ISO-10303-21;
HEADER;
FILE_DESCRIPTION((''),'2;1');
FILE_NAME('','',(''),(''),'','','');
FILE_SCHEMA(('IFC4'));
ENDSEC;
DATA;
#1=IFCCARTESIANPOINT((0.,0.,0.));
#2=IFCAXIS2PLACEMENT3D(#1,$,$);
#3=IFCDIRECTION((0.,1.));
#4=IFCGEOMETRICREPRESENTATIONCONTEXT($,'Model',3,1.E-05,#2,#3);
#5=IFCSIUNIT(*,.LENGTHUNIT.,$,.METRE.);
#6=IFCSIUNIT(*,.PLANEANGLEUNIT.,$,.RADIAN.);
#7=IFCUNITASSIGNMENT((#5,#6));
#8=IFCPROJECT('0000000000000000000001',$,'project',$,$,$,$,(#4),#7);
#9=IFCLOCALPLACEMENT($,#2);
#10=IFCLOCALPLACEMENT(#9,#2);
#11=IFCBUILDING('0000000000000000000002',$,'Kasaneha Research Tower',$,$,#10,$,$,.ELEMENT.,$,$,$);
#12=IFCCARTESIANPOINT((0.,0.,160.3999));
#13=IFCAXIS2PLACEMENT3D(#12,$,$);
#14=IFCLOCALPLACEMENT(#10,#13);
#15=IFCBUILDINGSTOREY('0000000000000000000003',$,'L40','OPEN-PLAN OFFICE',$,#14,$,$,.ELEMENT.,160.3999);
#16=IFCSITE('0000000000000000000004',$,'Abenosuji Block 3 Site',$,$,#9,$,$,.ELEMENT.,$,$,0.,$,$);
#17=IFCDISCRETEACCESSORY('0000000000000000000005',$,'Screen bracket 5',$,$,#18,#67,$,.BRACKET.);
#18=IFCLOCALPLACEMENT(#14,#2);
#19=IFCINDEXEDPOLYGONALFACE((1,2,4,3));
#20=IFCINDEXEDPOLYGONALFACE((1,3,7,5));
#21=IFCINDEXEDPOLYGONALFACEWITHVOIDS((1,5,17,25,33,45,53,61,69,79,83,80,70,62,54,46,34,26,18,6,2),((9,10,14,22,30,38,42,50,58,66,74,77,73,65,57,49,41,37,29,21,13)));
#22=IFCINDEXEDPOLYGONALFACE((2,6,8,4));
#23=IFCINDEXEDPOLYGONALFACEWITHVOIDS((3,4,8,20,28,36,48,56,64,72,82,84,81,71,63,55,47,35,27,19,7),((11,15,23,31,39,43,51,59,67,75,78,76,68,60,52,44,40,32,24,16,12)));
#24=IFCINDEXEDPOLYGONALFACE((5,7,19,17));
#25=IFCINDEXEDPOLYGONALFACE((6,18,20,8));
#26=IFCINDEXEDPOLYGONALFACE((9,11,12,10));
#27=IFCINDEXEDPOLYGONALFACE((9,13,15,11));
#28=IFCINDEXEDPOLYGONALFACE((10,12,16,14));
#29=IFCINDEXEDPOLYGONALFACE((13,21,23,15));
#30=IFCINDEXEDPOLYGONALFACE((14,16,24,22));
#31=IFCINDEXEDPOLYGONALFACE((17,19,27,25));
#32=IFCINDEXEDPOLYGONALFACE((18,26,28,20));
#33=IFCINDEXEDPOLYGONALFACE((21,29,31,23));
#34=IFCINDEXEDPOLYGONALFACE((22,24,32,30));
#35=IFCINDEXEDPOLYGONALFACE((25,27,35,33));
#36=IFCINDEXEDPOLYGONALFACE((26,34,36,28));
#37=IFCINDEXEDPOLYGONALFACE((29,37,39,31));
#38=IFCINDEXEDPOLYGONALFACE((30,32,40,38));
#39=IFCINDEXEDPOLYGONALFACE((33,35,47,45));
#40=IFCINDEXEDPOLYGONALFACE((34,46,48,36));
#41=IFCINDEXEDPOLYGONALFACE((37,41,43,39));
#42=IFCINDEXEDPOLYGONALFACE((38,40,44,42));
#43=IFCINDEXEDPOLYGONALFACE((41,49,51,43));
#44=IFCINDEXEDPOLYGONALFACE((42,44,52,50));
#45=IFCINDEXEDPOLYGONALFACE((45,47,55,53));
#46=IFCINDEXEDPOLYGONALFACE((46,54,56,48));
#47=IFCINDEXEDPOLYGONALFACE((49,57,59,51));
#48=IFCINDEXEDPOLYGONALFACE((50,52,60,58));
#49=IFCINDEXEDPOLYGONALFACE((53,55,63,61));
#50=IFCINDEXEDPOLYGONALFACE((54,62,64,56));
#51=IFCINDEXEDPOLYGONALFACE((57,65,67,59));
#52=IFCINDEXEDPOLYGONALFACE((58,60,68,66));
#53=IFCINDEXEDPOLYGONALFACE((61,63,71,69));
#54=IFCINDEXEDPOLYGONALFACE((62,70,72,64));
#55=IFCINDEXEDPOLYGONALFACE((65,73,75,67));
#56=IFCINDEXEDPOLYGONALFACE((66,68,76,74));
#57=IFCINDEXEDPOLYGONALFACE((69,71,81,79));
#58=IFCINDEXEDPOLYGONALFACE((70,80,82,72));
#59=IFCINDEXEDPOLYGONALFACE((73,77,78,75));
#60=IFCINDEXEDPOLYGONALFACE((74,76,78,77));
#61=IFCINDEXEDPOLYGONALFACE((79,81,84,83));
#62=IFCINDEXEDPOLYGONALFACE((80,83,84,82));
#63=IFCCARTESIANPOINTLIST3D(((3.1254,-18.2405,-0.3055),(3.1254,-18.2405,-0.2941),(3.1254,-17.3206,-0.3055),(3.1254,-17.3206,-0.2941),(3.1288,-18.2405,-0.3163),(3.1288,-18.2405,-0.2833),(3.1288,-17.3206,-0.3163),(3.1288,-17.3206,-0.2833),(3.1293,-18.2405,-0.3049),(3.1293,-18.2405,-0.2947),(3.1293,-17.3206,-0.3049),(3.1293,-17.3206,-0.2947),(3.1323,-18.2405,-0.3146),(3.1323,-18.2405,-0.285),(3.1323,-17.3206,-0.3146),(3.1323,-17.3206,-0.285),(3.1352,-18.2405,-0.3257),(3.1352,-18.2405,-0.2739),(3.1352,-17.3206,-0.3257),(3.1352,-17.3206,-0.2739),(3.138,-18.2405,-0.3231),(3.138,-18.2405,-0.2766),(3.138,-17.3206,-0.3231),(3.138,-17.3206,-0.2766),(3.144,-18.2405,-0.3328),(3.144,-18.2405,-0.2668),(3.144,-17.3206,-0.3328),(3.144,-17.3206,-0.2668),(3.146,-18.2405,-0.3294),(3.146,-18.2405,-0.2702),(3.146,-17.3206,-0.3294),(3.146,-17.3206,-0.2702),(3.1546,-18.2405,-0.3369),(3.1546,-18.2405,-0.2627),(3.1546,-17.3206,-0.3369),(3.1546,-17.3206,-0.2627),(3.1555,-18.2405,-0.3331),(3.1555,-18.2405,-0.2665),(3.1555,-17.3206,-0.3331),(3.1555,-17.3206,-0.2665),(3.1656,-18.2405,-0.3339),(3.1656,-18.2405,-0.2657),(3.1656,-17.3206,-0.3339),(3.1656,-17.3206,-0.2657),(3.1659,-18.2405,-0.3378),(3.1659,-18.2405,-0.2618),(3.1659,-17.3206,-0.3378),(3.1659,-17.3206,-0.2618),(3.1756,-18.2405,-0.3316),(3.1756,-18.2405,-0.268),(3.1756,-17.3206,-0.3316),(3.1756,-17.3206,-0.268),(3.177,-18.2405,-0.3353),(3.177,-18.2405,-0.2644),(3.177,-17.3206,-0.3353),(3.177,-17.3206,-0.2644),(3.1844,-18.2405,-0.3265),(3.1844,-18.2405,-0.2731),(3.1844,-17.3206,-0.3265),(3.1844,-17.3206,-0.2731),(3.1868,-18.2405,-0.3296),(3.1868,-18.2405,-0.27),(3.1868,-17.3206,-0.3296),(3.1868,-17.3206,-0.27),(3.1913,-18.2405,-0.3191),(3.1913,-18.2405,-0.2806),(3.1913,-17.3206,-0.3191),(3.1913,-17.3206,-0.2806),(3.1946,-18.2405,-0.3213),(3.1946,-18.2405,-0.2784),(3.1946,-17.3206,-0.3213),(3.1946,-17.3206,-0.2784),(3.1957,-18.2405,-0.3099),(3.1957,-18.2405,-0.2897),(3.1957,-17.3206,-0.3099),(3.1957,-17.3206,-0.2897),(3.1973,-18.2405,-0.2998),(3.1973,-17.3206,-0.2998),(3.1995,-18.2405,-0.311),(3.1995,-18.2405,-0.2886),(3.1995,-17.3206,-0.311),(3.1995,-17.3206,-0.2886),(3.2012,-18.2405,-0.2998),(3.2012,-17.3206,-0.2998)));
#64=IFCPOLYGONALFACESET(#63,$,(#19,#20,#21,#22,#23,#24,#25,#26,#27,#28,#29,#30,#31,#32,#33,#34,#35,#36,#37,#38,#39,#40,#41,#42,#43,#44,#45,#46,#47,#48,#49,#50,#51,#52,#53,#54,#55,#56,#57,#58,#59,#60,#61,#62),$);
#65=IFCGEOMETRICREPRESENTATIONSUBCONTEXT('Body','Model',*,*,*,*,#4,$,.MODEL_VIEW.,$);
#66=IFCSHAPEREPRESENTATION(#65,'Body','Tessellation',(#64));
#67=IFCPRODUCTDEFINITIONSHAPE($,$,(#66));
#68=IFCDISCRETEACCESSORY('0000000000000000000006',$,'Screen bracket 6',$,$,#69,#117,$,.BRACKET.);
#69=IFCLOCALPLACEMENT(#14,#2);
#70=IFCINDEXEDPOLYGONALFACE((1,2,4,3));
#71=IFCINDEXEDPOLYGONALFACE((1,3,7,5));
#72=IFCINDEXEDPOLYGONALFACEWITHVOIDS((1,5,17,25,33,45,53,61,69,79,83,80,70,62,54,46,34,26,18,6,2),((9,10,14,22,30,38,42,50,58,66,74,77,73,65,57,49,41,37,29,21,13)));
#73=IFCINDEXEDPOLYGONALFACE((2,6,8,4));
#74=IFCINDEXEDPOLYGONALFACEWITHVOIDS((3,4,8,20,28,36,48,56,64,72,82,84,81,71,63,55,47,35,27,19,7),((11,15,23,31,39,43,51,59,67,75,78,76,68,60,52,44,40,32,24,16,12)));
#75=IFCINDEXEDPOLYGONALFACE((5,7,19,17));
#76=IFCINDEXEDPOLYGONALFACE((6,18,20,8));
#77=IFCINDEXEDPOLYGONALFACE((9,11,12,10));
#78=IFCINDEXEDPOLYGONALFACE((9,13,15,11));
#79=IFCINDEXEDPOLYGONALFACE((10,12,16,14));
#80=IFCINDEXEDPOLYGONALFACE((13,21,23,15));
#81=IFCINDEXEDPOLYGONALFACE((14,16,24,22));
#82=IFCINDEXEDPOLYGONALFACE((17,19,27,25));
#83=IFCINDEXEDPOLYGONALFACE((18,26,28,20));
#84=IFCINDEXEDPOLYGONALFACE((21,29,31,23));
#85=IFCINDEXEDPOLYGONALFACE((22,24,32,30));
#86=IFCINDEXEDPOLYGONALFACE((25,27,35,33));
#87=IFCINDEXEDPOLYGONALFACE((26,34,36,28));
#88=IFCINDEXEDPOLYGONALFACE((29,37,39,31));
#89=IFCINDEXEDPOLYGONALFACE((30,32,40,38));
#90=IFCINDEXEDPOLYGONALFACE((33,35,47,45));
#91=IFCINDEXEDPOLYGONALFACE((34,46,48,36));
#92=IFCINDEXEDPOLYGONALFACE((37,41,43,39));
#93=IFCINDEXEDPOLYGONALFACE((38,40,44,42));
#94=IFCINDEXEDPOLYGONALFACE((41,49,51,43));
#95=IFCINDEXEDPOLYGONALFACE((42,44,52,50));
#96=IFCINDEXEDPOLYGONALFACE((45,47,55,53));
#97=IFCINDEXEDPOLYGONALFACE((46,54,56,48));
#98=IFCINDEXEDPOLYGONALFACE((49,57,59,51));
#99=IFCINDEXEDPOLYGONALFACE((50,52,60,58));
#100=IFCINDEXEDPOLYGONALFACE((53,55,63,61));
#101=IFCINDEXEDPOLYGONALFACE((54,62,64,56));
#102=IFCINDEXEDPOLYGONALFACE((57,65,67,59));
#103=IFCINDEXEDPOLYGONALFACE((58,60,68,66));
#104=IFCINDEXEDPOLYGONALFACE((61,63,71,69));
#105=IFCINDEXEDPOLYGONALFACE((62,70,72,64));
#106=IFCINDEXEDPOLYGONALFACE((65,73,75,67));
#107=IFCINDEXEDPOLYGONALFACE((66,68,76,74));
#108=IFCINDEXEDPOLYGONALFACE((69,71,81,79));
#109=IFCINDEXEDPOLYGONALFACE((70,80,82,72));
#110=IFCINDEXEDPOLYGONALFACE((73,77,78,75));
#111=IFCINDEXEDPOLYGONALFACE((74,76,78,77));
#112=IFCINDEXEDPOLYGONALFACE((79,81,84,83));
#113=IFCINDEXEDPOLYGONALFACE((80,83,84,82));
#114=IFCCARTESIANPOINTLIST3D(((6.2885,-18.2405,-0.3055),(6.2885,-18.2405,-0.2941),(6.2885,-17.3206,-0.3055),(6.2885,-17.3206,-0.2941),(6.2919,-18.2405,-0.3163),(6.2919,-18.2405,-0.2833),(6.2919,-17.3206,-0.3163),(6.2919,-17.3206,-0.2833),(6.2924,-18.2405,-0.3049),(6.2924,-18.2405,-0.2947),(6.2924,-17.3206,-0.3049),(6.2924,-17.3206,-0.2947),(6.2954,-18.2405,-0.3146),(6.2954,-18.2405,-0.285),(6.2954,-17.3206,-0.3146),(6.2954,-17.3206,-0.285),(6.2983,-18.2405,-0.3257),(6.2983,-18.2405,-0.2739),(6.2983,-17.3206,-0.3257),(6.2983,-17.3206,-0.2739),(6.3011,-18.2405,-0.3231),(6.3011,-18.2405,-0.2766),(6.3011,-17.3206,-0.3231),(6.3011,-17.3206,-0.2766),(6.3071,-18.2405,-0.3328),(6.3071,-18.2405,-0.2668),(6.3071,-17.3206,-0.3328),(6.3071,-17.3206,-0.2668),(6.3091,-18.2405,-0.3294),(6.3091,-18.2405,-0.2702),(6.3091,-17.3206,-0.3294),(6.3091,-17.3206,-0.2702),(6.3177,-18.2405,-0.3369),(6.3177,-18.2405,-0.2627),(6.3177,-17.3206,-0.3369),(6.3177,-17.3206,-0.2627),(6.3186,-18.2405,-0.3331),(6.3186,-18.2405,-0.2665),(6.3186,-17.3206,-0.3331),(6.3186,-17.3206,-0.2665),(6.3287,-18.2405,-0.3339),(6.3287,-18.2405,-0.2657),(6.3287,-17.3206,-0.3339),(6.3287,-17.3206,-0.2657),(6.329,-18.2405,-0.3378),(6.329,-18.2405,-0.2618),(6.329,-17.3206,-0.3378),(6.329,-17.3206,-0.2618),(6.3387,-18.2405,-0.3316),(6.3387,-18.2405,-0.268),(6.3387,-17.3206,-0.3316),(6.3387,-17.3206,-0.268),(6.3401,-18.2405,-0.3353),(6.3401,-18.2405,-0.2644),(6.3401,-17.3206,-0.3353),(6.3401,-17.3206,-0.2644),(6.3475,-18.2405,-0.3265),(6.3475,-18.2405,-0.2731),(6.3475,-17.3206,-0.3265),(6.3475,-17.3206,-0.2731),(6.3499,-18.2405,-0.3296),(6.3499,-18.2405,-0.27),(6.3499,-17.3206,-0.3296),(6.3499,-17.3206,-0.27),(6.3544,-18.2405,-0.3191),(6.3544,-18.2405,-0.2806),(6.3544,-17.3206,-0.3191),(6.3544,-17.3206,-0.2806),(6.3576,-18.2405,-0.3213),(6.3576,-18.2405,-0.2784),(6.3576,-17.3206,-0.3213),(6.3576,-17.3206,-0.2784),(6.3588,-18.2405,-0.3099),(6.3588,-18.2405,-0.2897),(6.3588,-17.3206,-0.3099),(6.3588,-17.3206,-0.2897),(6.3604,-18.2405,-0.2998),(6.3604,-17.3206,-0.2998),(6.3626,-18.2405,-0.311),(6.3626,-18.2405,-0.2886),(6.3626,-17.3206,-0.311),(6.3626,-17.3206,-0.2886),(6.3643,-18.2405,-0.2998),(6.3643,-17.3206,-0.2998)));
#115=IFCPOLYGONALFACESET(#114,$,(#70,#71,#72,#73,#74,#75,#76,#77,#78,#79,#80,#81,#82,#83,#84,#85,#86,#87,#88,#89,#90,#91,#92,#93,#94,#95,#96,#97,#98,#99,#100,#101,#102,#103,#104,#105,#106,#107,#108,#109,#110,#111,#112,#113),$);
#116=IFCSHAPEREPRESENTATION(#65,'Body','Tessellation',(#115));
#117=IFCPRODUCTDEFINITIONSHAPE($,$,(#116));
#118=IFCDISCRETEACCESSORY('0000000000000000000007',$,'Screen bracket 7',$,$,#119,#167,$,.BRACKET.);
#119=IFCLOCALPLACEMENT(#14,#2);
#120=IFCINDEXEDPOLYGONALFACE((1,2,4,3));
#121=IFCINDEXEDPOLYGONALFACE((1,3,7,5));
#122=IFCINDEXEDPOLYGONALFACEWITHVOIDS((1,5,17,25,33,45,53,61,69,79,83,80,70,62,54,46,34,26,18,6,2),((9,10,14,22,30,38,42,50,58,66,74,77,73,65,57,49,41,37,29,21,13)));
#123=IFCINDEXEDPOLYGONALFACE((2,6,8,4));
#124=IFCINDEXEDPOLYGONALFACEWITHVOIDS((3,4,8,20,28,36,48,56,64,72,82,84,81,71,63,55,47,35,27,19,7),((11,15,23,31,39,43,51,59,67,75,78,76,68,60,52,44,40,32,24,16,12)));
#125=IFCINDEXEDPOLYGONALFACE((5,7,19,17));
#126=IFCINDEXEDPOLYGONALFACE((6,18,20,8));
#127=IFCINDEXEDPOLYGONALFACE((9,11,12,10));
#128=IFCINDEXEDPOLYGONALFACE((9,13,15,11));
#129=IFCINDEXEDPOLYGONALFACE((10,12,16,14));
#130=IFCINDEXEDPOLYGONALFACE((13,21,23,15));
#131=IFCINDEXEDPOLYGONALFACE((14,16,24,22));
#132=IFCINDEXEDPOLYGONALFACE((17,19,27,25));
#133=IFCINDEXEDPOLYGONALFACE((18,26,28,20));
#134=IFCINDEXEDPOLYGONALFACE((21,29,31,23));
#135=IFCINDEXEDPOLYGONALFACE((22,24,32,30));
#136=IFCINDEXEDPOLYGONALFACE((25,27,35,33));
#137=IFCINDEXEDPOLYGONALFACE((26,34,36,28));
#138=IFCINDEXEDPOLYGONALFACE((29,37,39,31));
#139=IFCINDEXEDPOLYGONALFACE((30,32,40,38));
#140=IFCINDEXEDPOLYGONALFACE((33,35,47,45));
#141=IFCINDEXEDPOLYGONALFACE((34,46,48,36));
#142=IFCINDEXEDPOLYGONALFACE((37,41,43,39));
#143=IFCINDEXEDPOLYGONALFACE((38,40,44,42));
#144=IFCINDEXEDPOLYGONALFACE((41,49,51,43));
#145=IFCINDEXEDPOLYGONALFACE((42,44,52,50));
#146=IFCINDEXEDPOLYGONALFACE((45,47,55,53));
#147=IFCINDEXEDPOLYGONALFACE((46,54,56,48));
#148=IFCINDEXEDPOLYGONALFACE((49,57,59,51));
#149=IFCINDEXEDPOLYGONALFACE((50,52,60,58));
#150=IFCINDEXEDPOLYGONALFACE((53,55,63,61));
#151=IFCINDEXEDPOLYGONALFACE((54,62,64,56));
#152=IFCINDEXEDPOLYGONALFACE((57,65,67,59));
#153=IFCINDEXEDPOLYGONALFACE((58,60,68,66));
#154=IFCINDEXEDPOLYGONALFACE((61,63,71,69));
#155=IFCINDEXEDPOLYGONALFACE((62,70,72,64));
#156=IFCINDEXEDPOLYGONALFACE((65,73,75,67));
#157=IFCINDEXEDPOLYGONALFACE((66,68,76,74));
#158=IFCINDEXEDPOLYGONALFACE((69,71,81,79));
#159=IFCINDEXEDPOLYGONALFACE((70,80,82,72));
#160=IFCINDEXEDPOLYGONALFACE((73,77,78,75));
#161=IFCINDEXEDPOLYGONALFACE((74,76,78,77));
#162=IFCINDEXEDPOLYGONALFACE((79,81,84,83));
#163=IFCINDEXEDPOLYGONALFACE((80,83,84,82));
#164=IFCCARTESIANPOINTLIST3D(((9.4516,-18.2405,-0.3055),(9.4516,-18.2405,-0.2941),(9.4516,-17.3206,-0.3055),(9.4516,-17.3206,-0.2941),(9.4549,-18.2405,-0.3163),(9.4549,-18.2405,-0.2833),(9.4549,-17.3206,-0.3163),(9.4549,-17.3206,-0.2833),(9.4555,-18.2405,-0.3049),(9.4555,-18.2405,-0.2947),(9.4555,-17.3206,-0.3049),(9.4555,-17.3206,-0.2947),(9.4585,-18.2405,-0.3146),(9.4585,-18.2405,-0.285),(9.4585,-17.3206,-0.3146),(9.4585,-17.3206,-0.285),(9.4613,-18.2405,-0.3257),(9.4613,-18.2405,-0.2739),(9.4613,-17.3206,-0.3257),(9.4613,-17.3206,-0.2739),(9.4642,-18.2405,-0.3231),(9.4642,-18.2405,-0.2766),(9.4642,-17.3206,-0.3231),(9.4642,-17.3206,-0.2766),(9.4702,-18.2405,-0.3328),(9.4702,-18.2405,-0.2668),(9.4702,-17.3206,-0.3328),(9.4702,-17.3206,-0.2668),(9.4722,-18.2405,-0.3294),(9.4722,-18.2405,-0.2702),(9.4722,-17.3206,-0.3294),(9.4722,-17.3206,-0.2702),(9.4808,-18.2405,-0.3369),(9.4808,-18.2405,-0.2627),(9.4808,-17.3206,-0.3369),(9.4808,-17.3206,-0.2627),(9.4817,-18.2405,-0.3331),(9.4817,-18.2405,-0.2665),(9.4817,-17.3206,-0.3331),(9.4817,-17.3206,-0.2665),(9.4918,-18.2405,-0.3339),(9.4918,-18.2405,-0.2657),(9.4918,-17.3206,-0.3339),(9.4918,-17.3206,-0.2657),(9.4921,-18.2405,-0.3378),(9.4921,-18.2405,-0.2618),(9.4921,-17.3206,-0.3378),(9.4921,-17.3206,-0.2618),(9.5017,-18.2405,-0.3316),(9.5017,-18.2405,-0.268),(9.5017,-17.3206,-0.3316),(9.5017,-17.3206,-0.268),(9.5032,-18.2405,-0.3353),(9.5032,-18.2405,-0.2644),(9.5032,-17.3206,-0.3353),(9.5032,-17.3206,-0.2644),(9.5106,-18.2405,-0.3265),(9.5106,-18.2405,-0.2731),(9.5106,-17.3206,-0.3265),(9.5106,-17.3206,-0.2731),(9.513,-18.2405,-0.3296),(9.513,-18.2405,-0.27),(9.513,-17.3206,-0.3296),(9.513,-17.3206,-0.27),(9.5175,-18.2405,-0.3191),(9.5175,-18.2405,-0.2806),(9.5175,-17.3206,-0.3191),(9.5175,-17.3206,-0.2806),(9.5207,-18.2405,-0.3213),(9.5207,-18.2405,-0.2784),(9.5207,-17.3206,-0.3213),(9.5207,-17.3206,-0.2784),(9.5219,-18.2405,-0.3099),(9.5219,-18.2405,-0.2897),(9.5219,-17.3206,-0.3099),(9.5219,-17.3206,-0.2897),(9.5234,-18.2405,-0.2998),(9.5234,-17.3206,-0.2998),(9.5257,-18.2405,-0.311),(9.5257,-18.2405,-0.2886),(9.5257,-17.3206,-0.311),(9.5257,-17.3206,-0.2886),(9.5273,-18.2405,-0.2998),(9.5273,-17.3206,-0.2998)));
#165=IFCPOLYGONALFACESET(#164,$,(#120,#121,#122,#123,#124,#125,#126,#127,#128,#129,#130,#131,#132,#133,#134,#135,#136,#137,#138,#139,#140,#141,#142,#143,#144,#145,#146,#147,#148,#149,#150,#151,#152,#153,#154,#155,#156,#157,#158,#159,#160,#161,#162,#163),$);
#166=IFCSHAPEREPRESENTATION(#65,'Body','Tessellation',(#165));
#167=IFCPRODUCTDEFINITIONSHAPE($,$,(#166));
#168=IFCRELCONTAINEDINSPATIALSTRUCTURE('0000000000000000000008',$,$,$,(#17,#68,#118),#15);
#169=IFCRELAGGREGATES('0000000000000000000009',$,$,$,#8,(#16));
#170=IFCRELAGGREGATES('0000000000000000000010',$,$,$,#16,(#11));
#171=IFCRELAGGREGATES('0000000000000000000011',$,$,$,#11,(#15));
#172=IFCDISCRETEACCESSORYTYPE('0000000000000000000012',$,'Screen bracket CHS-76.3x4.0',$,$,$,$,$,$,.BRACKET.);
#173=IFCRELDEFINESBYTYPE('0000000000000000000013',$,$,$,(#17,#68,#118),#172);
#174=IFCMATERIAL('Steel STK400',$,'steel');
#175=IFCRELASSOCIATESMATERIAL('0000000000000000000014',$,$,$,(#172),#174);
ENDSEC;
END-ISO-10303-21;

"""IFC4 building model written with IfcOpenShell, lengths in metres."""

from ifc_helpers import new_model, si_unit, direction, frame, origin, origin_2d, place, context, subcontext, project, spatial, hollow_circle, extrude, material, material_profile, profile_set, type_object, element, save


model = new_model("IFC4")

# Units and contexts
model_context = context("Model", 3, precision=1e-05, world=origin(), true_north=direction((0.0, 1.0)))
body_context = subcontext(model_context, "Body", "Model", "MODEL_VIEW")
ifc_project = project(units=[si_unit("LENGTHUNIT", "METRE"), si_unit("PLANEANGLEUNIT", "RADIAN")], contexts=[model_context])

# Site, building, storey
site_placement = place(None, origin())
site = spatial("IfcSite", under=ifc_project, at=site_placement, Name="Abenosuji Block 3 Site", CompositionType="ELEMENT", RefElevation=0.0)
building_placement = place(site_placement, origin())
building = spatial("IfcBuilding", under=site, at=building_placement, Name="Kasaneha Research Tower", CompositionType="ELEMENT")
storey_placement = place(building_placement, frame((0.0, 0.0, 160.3999)))
storey = spatial("IfcBuildingStorey", under=building, at=storey_placement, Name="L40", Description="OPEN-PLAN OFFICE", CompositionType="ELEMENT", Elevation=160.3999)

# Discrete accessories
ifc_material_1 = material(Name="Steel STK400", Category="steel")
ifc_material_profile_1 = material_profile(ifc_material_1, hollow_circle(Radius=0.0381, WallThickness=0.0039, at=origin_2d()), Name="CHS-76.3x4.0")
ifc_profile_set_1 = profile_set([ifc_material_profile_1], Name="Steel STK400")
discrete_accessory_type = type_object("IfcDiscreteAccessoryType", Name="Screen bracket CHS-76.3x4.0", PredefinedType="BRACKET", material=ifc_profile_set_1)
for number, where, z_axis, x_axis, name in (
    (1, (3.1631, -17.3206, -0.2998), (0.0, -1.0, 0.0), (1.0, 0.0, 0.0), "Screen bracket 5"),
    (2, (6.3262, -17.3206, -0.2998), (0.0, -1.0, 0.0), (1.0, 0.0, 0.0), "Screen bracket 6"),
    (3, (9.4893, -17.3206, -0.2998), (0.0, -1.0, 0.0), (1.0, 0.0, 0.0), "Screen bracket 7"),
):
    element("IfcDiscreteAccessory", number, at=place(storey_placement, frame(where, z_axis=z_axis, x_axis=x_axis)), inside=storey, type_object=discrete_accessory_type, Name=name, PredefinedType="BRACKET", context=body_context, shape_type="SweptSolid", body=[
        extrude(hollow_circle(Radius=0.0381, WallThickness=0.0039, at=origin_2d()), origin(), (0.0, 0.0, 1.0), 0.9199),
    ])

save(model, "model.ifc")
